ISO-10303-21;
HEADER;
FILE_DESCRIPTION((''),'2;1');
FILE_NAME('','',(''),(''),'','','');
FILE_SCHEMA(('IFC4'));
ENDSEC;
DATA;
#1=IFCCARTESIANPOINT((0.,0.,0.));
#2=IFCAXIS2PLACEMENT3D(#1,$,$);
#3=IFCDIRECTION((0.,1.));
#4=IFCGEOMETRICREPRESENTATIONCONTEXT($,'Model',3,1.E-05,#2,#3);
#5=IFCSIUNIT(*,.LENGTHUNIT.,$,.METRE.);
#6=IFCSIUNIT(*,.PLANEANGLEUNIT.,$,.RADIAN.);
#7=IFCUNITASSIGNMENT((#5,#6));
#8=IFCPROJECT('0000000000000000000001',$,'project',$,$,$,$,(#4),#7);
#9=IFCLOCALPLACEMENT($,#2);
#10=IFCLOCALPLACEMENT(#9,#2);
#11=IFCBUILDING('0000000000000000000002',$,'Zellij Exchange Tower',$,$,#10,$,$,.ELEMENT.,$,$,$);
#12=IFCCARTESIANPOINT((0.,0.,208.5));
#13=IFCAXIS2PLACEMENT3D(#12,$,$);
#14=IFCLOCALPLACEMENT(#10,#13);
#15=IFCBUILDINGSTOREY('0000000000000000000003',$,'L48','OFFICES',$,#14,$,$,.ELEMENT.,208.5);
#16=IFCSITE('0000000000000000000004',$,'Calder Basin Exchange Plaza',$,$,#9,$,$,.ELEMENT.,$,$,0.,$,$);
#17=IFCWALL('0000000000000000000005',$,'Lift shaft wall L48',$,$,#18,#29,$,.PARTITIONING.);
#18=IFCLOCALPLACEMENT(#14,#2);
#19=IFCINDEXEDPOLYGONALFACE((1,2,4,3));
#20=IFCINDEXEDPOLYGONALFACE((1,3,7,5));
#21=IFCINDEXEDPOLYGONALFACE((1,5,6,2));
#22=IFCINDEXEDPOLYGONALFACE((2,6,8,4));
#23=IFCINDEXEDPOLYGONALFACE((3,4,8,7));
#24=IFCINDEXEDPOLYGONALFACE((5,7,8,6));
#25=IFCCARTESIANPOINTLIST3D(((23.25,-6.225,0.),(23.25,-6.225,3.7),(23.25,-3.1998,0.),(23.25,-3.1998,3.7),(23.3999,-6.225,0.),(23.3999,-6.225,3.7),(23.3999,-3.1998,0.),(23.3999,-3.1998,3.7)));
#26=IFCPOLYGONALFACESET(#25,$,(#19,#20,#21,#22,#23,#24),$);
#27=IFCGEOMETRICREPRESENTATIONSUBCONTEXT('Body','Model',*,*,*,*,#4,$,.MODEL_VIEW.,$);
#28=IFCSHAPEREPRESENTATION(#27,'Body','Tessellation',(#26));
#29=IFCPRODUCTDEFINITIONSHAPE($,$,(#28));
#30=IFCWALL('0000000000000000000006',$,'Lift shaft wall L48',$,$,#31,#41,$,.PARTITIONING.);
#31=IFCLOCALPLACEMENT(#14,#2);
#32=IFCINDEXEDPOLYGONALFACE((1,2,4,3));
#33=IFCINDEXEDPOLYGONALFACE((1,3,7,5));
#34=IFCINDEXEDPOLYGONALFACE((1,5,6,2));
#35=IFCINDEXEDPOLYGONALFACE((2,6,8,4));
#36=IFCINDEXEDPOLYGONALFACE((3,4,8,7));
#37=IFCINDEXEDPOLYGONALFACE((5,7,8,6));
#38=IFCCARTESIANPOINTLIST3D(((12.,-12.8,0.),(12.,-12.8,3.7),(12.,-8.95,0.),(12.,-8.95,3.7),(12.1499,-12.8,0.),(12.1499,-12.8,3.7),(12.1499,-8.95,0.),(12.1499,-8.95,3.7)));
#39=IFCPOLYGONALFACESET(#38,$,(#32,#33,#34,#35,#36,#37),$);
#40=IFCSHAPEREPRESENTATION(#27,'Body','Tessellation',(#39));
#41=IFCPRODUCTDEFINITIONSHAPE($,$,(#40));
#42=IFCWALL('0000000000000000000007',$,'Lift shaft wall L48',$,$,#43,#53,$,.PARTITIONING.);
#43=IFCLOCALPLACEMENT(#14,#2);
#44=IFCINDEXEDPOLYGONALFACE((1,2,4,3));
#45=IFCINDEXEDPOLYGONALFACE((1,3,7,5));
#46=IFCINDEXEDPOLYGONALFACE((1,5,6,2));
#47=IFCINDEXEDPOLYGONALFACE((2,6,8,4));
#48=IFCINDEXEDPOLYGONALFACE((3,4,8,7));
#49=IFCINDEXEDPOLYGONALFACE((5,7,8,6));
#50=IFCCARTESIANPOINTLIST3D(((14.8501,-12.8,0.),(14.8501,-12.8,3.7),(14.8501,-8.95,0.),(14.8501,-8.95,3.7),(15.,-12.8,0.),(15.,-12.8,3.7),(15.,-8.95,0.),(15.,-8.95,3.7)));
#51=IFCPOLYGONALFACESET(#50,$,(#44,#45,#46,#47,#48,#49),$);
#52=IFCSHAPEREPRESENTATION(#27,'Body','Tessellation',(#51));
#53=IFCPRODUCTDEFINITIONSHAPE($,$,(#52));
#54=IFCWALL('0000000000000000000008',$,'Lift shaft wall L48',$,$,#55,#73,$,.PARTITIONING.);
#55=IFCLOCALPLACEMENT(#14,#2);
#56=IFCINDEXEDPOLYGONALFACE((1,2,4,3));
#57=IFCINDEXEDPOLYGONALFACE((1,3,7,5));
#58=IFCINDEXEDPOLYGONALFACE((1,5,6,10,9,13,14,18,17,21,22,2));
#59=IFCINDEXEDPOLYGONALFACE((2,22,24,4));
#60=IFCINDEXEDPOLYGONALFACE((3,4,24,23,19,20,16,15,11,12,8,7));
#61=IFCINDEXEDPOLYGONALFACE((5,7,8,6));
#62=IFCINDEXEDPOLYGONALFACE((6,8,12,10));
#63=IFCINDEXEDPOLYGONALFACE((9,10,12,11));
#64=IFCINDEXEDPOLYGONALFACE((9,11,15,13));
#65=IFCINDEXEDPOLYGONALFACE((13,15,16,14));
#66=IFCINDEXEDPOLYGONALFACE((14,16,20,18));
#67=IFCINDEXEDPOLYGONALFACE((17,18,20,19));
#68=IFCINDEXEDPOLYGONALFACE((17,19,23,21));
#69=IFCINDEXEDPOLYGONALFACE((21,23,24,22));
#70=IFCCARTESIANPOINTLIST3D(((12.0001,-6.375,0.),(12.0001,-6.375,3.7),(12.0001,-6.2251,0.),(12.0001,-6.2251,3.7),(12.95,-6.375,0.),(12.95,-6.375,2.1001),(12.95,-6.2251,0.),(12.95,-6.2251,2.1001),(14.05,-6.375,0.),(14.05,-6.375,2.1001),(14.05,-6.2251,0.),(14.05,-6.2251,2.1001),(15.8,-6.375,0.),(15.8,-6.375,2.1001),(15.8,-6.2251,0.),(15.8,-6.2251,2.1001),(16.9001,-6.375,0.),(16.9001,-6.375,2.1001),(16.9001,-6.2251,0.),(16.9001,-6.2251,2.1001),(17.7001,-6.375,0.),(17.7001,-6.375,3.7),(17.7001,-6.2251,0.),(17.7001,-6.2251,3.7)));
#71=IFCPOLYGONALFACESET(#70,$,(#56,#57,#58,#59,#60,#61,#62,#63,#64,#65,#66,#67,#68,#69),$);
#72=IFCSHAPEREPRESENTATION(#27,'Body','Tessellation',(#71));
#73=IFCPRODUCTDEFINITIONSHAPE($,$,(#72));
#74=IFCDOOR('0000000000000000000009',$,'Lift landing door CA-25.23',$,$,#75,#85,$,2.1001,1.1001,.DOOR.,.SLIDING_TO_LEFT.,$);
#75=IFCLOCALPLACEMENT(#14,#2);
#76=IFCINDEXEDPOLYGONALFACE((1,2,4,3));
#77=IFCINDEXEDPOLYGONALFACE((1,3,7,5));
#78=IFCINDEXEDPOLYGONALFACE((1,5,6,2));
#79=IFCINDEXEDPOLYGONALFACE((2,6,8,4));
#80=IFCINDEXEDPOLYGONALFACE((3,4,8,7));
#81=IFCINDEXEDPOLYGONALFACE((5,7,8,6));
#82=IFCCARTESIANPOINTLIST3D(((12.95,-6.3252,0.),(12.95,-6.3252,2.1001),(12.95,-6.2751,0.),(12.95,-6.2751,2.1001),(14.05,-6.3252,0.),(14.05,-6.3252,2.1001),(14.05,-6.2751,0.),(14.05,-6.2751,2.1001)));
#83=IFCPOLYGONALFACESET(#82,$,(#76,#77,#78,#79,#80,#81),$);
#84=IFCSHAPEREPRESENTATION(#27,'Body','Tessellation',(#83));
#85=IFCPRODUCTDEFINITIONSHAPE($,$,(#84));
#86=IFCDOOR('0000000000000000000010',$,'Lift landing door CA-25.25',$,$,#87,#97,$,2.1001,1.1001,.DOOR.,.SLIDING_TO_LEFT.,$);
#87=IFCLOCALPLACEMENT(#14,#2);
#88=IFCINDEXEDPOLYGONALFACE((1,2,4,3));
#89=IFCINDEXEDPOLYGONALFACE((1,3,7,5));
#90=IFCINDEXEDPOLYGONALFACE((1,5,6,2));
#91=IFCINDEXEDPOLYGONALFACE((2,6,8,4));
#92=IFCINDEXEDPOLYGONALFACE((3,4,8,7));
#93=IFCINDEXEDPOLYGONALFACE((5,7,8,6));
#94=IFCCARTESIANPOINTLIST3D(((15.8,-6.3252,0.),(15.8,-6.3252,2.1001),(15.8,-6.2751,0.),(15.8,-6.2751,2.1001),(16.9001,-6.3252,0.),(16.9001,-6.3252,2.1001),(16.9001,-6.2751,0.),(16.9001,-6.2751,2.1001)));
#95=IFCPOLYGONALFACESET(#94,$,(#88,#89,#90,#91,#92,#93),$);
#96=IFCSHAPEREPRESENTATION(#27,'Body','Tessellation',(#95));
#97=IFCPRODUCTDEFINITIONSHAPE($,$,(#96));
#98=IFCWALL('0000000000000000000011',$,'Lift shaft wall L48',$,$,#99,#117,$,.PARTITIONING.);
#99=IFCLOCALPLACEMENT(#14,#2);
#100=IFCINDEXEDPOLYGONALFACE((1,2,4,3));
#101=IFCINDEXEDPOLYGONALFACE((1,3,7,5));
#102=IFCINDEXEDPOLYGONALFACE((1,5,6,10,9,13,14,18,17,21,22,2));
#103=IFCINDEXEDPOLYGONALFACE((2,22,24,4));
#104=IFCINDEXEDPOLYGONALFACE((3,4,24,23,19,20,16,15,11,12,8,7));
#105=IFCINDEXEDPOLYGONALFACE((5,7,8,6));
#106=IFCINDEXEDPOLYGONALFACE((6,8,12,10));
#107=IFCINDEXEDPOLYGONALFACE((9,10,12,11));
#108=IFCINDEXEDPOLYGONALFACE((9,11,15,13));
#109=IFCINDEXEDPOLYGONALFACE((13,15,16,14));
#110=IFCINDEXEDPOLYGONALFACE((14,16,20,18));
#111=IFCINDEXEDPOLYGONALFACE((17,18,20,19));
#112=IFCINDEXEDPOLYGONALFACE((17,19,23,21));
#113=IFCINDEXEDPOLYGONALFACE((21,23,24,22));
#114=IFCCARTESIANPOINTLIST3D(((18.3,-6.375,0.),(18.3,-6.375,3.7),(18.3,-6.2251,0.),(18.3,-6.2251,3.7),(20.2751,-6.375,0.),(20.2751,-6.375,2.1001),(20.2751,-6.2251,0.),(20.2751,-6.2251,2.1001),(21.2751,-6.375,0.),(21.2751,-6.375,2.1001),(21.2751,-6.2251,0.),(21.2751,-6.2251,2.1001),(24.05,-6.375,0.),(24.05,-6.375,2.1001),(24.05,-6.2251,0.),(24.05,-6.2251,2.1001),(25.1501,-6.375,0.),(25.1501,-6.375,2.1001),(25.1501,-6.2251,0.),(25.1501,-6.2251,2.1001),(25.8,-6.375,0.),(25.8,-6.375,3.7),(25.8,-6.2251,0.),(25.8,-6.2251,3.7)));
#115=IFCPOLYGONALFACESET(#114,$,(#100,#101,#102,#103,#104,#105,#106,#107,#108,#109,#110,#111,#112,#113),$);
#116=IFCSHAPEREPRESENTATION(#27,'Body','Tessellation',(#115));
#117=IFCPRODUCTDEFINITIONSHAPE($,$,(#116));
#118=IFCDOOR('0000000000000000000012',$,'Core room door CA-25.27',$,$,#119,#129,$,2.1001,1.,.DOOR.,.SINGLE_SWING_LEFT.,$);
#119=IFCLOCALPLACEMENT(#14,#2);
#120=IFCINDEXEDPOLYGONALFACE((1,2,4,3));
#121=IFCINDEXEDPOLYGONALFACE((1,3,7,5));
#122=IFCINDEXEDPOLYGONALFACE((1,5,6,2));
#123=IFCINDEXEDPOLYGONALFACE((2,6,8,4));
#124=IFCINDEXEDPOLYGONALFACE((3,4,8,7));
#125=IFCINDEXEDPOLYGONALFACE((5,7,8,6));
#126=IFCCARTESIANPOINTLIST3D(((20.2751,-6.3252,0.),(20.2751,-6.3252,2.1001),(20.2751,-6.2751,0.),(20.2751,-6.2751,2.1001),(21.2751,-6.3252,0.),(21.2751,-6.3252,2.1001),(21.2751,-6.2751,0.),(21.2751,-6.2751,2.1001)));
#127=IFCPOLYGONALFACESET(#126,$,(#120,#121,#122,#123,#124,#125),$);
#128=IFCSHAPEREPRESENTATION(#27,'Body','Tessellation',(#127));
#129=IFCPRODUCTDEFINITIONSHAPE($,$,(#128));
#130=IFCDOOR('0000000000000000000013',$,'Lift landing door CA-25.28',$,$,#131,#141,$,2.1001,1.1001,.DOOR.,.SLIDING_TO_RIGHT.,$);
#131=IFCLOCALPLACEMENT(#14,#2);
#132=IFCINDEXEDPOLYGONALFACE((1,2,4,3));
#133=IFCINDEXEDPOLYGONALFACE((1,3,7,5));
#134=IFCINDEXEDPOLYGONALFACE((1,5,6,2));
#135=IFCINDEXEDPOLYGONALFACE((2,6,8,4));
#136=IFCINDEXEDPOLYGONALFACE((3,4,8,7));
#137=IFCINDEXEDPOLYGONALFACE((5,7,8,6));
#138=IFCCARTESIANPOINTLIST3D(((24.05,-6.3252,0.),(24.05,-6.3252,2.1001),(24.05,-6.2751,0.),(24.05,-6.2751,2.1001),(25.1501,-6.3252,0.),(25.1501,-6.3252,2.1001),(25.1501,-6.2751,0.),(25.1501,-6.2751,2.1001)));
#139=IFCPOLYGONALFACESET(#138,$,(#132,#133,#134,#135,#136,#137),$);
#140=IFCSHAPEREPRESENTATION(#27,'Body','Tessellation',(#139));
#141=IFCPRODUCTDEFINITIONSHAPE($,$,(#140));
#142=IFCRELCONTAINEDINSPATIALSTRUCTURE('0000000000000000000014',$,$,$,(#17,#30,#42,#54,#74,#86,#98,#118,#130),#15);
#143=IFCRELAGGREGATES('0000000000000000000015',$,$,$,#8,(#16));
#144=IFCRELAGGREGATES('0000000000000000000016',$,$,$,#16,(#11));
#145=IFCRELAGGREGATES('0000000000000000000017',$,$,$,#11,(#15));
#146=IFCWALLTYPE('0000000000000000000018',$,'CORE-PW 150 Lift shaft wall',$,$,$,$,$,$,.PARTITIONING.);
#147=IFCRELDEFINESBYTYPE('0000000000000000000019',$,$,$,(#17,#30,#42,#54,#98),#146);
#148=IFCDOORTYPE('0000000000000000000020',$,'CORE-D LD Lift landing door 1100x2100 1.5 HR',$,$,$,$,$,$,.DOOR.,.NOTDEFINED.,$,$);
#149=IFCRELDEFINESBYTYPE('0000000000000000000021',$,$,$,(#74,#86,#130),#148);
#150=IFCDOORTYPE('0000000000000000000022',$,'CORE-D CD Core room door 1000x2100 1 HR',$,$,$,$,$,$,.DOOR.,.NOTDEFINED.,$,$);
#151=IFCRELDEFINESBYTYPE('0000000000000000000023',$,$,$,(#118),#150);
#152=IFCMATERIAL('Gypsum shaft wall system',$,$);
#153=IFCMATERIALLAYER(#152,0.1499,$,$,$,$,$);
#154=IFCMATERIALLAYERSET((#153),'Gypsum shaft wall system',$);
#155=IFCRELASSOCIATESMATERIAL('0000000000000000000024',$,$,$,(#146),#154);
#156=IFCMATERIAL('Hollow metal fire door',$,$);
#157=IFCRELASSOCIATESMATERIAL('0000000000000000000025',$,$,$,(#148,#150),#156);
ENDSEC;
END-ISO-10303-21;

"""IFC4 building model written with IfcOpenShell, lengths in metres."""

from ifc_helpers import new_model, si_unit, direction, frame, frame_2d, origin, place, context, subcontext, project, spatial, rectangle, extrude, material, layer, layer_set, type_object, element, fill, save


model = new_model("IFC4")

# Units and contexts
model_context = context("Model", 3, precision=1e-05, world=origin(), true_north=direction((0.0, 1.0)))
body_context = subcontext(model_context, "Body", "Model", "MODEL_VIEW")
ifc_project = project(units=[si_unit("LENGTHUNIT", "METRE"), si_unit("PLANEANGLEUNIT", "RADIAN")], contexts=[model_context])

# Site, building, storey
site_placement = place(None, origin())
site = spatial("IfcSite", under=ifc_project, at=site_placement, Name="Calder Basin Exchange Plaza", CompositionType="ELEMENT", RefElevation=0.0)
building_placement = place(site_placement, origin())
building = spatial("IfcBuilding", under=site, at=building_placement, Name="Zellij Exchange Tower", CompositionType="ELEMENT")
storey_placement = place(building_placement, frame((0.0, 0.0, 208.5)))
storey = spatial("IfcBuildingStorey", under=building, at=storey_placement, Name="L48", Description="OFFICES", CompositionType="ELEMENT", Elevation=208.5)

# Shared definitions
ifc_material_1 = material(Name="Hollow metal fire door")

# Walls
ifc_material_2 = material(Name="Gypsum shaft wall system")
ifc_layer_1 = layer(ifc_material_2, 0.1499)
ifc_layer_set_1 = layer_set([ifc_layer_1], Name="Gypsum shaft wall system")
wall_type_1 = type_object("IfcWallType", Name="CORE-PW 150 Lift shaft wall", PredefinedType="PARTITIONING", material=ifc_layer_set_1)
for number, where, z_axis, x_axis, name in (
    (1, (23.325, -6.2251, 0.0), (0.0, 0.0, 1.0), (0.0, 1.0, 0.0), "Lift shaft wall L48"),
):
    element("IfcWall", number, at=place(storey_placement, frame(where, z_axis=z_axis, x_axis=x_axis)), inside=storey, type_object=wall_type_1, Name=name, PredefinedType="PARTITIONING", context=body_context, shape_type="SweptSolid", body=[
        extrude(rectangle(XDim=3.0251, YDim=0.1499, at=frame_2d((1.5127, 0.0))), origin(), (0.0, 0.0, 1.0), 3.7),
    ])
for number, where, z_axis, x_axis, name in (
    (2, (12.075, -12.8, 0.0), (0.0, 0.0, 1.0), (0.0, 1.0, 0.0), "Lift shaft wall L48"),
    (3, (14.925, -12.8, 0.0), (0.0, 0.0, 1.0), (0.0, 1.0, 0.0), "Lift shaft wall L48"),
):
    element("IfcWall", number, at=place(storey_placement, frame(where, z_axis=z_axis, x_axis=x_axis)), inside=storey, type_object=wall_type_1, Name=name, PredefinedType="PARTITIONING", context=body_context, shape_type="SweptSolid", body=[
        extrude(rectangle(XDim=3.8501, YDim=0.1499, at=frame_2d((1.925, 0.0))), origin(), (0.0, 0.0, 1.0), 3.7),
    ])

# Walls, openings, doors
wall_1_placement = place(storey_placement, frame((12.0, -6.3, 0.0), z_axis=(0.0, 0.0, 1.0), x_axis=(1.0, 0.0, 0.0)))
wall_1 = element("IfcWall", 4, at=wall_1_placement, inside=storey, type_object=wall_type_1, Name="Lift shaft wall L48", PredefinedType="PARTITIONING", context=body_context, shape_type="SweptSolid", body=[
    extrude(rectangle(XDim=5.7, YDim=0.1499, at=frame_2d((2.8501, 0.0))), origin(), (0.0, 0.0, 1.0), 3.7),
])
opening_1_placement = place(wall_1_placement, frame((0.95, 0.0, 0.0)))
opening_1 = element("IfcOpeningElement", 5, at=opening_1_placement, cuts=wall_1, PredefinedType="OPENING", context=body_context, shape_type="SweptSolid", body=[
    extrude(rectangle(XDim=1.1001, YDim=2.1001, at=frame_2d((0.55, 1.05))), frame((0.0, 0.0869, 0.0), z_axis=(0.0, -1.0, 0.0), x_axis=(1.0, 0.0, 0.0)), (0.0, 0.0, 1.0), 0.1738),
])
opening_2_placement = place(wall_1_placement, frame((3.8, 0.0, 0.0)))
opening_2 = element("IfcOpeningElement", 6, at=opening_2_placement, cuts=wall_1, PredefinedType="OPENING", context=body_context, shape_type="SweptSolid", body=[
    extrude(rectangle(XDim=1.1001, YDim=2.1001, at=frame_2d((0.55, 1.05))), frame((0.0, 0.0869, 0.0), z_axis=(0.0, -1.0, 0.0), x_axis=(1.0, 0.0, 0.0)), (0.0, 0.0, 1.0), 0.1738),
])
door_type_1 = type_object("IfcDoorType", Name="CORE-D LD Lift landing door 1100x2100 1.5 HR", OperationType="NOTDEFINED", PredefinedType="DOOR", material=ifc_material_1)
door_1_placement = place(opening_1_placement, origin())
door_1 = element("IfcDoor", 7, at=door_1_placement, inside=storey, type_object=door_type_1, Name="Lift landing door CA-25.23", OperationType="SLIDING_TO_LEFT", OverallHeight=2.1001, OverallWidth=1.1001, PredefinedType="DOOR", context=body_context, shape_type="SweptSolid", body=[
    extrude(rectangle(XDim=1.1001, YDim=2.1001, at=frame_2d((0.55, 1.05))), frame((0.0, 0.0249, 0.0), z_axis=(0.0, -1.0, 0.0), x_axis=(1.0, 0.0, 0.0)), (0.0, 0.0, 1.0), 0.05),
])
fill(opening_1, door_1)
door_2_placement = place(opening_2_placement, origin())
door_2 = element("IfcDoor", 8, at=door_2_placement, inside=storey, type_object=door_type_1, Name="Lift landing door CA-25.25", OperationType="SLIDING_TO_LEFT", OverallHeight=2.1001, OverallWidth=1.1001, PredefinedType="DOOR", context=body_context, shape_type="SweptSolid", body=[
    extrude(rectangle(XDim=1.1001, YDim=2.1001, at=frame_2d((0.55, 1.05))), frame((0.0, 0.0249, 0.0), z_axis=(0.0, -1.0, 0.0), x_axis=(1.0, 0.0, 0.0)), (0.0, 0.0, 1.0), 0.05),
])
fill(opening_2, door_2)
wall_2_placement = place(storey_placement, frame((18.3, -6.3, 0.0), z_axis=(0.0, 0.0, 1.0), x_axis=(1.0, 0.0, 0.0)))
wall_2 = element("IfcWall", 9, at=wall_2_placement, inside=storey, type_object=wall_type_1, Name="Lift shaft wall L48", PredefinedType="PARTITIONING", context=body_context, shape_type="SweptSolid", body=[
    extrude(rectangle(XDim=7.5, YDim=0.1499, at=frame_2d((3.75, 0.0))), origin(), (0.0, 0.0, 1.0), 3.7),
])
opening_3_placement = place(wall_2_placement, frame((1.9751, 0.0, 0.0)))
opening_3 = element("IfcOpeningElement", 10, at=opening_3_placement, cuts=wall_2, PredefinedType="OPENING", context=body_context, shape_type="SweptSolid", body=[
    extrude(rectangle(XDim=1.0, YDim=2.1001, at=frame_2d((0.5, 1.05))), frame((0.0, 0.0869, 0.0), z_axis=(0.0, -1.0, 0.0), x_axis=(1.0, 0.0, 0.0)), (0.0, 0.0, 1.0), 0.1738),
])
opening_4_placement = place(wall_2_placement, frame((5.75, 0.0, 0.0)))
opening_4 = element("IfcOpeningElement", 11, at=opening_4_placement, cuts=wall_2, PredefinedType="OPENING", context=body_context, shape_type="SweptSolid", body=[
    extrude(rectangle(XDim=1.1001, YDim=2.1001, at=frame_2d((0.55, 1.05))), frame((0.0, 0.0869, 0.0), z_axis=(0.0, -1.0, 0.0), x_axis=(1.0, 0.0, 0.0)), (0.0, 0.0, 1.0), 0.1738),
])
door_type_2 = type_object("IfcDoorType", Name="CORE-D CD Core room door 1000x2100 1 HR", OperationType="NOTDEFINED", PredefinedType="DOOR", material=ifc_material_1)
door_3_placement = place(opening_3_placement, origin())
door_3 = element("IfcDoor", 12, at=door_3_placement, inside=storey, type_object=door_type_2, Name="Core room door CA-25.27", OperationType="SINGLE_SWING_LEFT", OverallHeight=2.1001, OverallWidth=1.0, PredefinedType="DOOR", context=body_context, shape_type="SweptSolid", body=[
    extrude(rectangle(XDim=1.0, YDim=2.1001, at=frame_2d((0.5, 1.05))), frame((0.0, 0.0249, 0.0), z_axis=(0.0, -1.0, 0.0), x_axis=(1.0, 0.0, 0.0)), (0.0, 0.0, 1.0), 0.05),
])
fill(opening_3, door_3)
door_4_placement = place(opening_4_placement, origin())
door_4 = element("IfcDoor", 13, at=door_4_placement, inside=storey, type_object=door_type_1, Name="Lift landing door CA-25.28", OperationType="SLIDING_TO_RIGHT", OverallHeight=2.1001, OverallWidth=1.1001, PredefinedType="DOOR", context=body_context, shape_type="SweptSolid", body=[
    extrude(rectangle(XDim=1.1001, YDim=2.1001, at=frame_2d((0.55, 1.05))), frame((0.0, 0.0249, 0.0), z_axis=(0.0, -1.0, 0.0), x_axis=(1.0, 0.0, 0.0)), (0.0, 0.0, 1.0), 0.05),
])
fill(opening_4, door_4)

save(model, "model.ifc")
